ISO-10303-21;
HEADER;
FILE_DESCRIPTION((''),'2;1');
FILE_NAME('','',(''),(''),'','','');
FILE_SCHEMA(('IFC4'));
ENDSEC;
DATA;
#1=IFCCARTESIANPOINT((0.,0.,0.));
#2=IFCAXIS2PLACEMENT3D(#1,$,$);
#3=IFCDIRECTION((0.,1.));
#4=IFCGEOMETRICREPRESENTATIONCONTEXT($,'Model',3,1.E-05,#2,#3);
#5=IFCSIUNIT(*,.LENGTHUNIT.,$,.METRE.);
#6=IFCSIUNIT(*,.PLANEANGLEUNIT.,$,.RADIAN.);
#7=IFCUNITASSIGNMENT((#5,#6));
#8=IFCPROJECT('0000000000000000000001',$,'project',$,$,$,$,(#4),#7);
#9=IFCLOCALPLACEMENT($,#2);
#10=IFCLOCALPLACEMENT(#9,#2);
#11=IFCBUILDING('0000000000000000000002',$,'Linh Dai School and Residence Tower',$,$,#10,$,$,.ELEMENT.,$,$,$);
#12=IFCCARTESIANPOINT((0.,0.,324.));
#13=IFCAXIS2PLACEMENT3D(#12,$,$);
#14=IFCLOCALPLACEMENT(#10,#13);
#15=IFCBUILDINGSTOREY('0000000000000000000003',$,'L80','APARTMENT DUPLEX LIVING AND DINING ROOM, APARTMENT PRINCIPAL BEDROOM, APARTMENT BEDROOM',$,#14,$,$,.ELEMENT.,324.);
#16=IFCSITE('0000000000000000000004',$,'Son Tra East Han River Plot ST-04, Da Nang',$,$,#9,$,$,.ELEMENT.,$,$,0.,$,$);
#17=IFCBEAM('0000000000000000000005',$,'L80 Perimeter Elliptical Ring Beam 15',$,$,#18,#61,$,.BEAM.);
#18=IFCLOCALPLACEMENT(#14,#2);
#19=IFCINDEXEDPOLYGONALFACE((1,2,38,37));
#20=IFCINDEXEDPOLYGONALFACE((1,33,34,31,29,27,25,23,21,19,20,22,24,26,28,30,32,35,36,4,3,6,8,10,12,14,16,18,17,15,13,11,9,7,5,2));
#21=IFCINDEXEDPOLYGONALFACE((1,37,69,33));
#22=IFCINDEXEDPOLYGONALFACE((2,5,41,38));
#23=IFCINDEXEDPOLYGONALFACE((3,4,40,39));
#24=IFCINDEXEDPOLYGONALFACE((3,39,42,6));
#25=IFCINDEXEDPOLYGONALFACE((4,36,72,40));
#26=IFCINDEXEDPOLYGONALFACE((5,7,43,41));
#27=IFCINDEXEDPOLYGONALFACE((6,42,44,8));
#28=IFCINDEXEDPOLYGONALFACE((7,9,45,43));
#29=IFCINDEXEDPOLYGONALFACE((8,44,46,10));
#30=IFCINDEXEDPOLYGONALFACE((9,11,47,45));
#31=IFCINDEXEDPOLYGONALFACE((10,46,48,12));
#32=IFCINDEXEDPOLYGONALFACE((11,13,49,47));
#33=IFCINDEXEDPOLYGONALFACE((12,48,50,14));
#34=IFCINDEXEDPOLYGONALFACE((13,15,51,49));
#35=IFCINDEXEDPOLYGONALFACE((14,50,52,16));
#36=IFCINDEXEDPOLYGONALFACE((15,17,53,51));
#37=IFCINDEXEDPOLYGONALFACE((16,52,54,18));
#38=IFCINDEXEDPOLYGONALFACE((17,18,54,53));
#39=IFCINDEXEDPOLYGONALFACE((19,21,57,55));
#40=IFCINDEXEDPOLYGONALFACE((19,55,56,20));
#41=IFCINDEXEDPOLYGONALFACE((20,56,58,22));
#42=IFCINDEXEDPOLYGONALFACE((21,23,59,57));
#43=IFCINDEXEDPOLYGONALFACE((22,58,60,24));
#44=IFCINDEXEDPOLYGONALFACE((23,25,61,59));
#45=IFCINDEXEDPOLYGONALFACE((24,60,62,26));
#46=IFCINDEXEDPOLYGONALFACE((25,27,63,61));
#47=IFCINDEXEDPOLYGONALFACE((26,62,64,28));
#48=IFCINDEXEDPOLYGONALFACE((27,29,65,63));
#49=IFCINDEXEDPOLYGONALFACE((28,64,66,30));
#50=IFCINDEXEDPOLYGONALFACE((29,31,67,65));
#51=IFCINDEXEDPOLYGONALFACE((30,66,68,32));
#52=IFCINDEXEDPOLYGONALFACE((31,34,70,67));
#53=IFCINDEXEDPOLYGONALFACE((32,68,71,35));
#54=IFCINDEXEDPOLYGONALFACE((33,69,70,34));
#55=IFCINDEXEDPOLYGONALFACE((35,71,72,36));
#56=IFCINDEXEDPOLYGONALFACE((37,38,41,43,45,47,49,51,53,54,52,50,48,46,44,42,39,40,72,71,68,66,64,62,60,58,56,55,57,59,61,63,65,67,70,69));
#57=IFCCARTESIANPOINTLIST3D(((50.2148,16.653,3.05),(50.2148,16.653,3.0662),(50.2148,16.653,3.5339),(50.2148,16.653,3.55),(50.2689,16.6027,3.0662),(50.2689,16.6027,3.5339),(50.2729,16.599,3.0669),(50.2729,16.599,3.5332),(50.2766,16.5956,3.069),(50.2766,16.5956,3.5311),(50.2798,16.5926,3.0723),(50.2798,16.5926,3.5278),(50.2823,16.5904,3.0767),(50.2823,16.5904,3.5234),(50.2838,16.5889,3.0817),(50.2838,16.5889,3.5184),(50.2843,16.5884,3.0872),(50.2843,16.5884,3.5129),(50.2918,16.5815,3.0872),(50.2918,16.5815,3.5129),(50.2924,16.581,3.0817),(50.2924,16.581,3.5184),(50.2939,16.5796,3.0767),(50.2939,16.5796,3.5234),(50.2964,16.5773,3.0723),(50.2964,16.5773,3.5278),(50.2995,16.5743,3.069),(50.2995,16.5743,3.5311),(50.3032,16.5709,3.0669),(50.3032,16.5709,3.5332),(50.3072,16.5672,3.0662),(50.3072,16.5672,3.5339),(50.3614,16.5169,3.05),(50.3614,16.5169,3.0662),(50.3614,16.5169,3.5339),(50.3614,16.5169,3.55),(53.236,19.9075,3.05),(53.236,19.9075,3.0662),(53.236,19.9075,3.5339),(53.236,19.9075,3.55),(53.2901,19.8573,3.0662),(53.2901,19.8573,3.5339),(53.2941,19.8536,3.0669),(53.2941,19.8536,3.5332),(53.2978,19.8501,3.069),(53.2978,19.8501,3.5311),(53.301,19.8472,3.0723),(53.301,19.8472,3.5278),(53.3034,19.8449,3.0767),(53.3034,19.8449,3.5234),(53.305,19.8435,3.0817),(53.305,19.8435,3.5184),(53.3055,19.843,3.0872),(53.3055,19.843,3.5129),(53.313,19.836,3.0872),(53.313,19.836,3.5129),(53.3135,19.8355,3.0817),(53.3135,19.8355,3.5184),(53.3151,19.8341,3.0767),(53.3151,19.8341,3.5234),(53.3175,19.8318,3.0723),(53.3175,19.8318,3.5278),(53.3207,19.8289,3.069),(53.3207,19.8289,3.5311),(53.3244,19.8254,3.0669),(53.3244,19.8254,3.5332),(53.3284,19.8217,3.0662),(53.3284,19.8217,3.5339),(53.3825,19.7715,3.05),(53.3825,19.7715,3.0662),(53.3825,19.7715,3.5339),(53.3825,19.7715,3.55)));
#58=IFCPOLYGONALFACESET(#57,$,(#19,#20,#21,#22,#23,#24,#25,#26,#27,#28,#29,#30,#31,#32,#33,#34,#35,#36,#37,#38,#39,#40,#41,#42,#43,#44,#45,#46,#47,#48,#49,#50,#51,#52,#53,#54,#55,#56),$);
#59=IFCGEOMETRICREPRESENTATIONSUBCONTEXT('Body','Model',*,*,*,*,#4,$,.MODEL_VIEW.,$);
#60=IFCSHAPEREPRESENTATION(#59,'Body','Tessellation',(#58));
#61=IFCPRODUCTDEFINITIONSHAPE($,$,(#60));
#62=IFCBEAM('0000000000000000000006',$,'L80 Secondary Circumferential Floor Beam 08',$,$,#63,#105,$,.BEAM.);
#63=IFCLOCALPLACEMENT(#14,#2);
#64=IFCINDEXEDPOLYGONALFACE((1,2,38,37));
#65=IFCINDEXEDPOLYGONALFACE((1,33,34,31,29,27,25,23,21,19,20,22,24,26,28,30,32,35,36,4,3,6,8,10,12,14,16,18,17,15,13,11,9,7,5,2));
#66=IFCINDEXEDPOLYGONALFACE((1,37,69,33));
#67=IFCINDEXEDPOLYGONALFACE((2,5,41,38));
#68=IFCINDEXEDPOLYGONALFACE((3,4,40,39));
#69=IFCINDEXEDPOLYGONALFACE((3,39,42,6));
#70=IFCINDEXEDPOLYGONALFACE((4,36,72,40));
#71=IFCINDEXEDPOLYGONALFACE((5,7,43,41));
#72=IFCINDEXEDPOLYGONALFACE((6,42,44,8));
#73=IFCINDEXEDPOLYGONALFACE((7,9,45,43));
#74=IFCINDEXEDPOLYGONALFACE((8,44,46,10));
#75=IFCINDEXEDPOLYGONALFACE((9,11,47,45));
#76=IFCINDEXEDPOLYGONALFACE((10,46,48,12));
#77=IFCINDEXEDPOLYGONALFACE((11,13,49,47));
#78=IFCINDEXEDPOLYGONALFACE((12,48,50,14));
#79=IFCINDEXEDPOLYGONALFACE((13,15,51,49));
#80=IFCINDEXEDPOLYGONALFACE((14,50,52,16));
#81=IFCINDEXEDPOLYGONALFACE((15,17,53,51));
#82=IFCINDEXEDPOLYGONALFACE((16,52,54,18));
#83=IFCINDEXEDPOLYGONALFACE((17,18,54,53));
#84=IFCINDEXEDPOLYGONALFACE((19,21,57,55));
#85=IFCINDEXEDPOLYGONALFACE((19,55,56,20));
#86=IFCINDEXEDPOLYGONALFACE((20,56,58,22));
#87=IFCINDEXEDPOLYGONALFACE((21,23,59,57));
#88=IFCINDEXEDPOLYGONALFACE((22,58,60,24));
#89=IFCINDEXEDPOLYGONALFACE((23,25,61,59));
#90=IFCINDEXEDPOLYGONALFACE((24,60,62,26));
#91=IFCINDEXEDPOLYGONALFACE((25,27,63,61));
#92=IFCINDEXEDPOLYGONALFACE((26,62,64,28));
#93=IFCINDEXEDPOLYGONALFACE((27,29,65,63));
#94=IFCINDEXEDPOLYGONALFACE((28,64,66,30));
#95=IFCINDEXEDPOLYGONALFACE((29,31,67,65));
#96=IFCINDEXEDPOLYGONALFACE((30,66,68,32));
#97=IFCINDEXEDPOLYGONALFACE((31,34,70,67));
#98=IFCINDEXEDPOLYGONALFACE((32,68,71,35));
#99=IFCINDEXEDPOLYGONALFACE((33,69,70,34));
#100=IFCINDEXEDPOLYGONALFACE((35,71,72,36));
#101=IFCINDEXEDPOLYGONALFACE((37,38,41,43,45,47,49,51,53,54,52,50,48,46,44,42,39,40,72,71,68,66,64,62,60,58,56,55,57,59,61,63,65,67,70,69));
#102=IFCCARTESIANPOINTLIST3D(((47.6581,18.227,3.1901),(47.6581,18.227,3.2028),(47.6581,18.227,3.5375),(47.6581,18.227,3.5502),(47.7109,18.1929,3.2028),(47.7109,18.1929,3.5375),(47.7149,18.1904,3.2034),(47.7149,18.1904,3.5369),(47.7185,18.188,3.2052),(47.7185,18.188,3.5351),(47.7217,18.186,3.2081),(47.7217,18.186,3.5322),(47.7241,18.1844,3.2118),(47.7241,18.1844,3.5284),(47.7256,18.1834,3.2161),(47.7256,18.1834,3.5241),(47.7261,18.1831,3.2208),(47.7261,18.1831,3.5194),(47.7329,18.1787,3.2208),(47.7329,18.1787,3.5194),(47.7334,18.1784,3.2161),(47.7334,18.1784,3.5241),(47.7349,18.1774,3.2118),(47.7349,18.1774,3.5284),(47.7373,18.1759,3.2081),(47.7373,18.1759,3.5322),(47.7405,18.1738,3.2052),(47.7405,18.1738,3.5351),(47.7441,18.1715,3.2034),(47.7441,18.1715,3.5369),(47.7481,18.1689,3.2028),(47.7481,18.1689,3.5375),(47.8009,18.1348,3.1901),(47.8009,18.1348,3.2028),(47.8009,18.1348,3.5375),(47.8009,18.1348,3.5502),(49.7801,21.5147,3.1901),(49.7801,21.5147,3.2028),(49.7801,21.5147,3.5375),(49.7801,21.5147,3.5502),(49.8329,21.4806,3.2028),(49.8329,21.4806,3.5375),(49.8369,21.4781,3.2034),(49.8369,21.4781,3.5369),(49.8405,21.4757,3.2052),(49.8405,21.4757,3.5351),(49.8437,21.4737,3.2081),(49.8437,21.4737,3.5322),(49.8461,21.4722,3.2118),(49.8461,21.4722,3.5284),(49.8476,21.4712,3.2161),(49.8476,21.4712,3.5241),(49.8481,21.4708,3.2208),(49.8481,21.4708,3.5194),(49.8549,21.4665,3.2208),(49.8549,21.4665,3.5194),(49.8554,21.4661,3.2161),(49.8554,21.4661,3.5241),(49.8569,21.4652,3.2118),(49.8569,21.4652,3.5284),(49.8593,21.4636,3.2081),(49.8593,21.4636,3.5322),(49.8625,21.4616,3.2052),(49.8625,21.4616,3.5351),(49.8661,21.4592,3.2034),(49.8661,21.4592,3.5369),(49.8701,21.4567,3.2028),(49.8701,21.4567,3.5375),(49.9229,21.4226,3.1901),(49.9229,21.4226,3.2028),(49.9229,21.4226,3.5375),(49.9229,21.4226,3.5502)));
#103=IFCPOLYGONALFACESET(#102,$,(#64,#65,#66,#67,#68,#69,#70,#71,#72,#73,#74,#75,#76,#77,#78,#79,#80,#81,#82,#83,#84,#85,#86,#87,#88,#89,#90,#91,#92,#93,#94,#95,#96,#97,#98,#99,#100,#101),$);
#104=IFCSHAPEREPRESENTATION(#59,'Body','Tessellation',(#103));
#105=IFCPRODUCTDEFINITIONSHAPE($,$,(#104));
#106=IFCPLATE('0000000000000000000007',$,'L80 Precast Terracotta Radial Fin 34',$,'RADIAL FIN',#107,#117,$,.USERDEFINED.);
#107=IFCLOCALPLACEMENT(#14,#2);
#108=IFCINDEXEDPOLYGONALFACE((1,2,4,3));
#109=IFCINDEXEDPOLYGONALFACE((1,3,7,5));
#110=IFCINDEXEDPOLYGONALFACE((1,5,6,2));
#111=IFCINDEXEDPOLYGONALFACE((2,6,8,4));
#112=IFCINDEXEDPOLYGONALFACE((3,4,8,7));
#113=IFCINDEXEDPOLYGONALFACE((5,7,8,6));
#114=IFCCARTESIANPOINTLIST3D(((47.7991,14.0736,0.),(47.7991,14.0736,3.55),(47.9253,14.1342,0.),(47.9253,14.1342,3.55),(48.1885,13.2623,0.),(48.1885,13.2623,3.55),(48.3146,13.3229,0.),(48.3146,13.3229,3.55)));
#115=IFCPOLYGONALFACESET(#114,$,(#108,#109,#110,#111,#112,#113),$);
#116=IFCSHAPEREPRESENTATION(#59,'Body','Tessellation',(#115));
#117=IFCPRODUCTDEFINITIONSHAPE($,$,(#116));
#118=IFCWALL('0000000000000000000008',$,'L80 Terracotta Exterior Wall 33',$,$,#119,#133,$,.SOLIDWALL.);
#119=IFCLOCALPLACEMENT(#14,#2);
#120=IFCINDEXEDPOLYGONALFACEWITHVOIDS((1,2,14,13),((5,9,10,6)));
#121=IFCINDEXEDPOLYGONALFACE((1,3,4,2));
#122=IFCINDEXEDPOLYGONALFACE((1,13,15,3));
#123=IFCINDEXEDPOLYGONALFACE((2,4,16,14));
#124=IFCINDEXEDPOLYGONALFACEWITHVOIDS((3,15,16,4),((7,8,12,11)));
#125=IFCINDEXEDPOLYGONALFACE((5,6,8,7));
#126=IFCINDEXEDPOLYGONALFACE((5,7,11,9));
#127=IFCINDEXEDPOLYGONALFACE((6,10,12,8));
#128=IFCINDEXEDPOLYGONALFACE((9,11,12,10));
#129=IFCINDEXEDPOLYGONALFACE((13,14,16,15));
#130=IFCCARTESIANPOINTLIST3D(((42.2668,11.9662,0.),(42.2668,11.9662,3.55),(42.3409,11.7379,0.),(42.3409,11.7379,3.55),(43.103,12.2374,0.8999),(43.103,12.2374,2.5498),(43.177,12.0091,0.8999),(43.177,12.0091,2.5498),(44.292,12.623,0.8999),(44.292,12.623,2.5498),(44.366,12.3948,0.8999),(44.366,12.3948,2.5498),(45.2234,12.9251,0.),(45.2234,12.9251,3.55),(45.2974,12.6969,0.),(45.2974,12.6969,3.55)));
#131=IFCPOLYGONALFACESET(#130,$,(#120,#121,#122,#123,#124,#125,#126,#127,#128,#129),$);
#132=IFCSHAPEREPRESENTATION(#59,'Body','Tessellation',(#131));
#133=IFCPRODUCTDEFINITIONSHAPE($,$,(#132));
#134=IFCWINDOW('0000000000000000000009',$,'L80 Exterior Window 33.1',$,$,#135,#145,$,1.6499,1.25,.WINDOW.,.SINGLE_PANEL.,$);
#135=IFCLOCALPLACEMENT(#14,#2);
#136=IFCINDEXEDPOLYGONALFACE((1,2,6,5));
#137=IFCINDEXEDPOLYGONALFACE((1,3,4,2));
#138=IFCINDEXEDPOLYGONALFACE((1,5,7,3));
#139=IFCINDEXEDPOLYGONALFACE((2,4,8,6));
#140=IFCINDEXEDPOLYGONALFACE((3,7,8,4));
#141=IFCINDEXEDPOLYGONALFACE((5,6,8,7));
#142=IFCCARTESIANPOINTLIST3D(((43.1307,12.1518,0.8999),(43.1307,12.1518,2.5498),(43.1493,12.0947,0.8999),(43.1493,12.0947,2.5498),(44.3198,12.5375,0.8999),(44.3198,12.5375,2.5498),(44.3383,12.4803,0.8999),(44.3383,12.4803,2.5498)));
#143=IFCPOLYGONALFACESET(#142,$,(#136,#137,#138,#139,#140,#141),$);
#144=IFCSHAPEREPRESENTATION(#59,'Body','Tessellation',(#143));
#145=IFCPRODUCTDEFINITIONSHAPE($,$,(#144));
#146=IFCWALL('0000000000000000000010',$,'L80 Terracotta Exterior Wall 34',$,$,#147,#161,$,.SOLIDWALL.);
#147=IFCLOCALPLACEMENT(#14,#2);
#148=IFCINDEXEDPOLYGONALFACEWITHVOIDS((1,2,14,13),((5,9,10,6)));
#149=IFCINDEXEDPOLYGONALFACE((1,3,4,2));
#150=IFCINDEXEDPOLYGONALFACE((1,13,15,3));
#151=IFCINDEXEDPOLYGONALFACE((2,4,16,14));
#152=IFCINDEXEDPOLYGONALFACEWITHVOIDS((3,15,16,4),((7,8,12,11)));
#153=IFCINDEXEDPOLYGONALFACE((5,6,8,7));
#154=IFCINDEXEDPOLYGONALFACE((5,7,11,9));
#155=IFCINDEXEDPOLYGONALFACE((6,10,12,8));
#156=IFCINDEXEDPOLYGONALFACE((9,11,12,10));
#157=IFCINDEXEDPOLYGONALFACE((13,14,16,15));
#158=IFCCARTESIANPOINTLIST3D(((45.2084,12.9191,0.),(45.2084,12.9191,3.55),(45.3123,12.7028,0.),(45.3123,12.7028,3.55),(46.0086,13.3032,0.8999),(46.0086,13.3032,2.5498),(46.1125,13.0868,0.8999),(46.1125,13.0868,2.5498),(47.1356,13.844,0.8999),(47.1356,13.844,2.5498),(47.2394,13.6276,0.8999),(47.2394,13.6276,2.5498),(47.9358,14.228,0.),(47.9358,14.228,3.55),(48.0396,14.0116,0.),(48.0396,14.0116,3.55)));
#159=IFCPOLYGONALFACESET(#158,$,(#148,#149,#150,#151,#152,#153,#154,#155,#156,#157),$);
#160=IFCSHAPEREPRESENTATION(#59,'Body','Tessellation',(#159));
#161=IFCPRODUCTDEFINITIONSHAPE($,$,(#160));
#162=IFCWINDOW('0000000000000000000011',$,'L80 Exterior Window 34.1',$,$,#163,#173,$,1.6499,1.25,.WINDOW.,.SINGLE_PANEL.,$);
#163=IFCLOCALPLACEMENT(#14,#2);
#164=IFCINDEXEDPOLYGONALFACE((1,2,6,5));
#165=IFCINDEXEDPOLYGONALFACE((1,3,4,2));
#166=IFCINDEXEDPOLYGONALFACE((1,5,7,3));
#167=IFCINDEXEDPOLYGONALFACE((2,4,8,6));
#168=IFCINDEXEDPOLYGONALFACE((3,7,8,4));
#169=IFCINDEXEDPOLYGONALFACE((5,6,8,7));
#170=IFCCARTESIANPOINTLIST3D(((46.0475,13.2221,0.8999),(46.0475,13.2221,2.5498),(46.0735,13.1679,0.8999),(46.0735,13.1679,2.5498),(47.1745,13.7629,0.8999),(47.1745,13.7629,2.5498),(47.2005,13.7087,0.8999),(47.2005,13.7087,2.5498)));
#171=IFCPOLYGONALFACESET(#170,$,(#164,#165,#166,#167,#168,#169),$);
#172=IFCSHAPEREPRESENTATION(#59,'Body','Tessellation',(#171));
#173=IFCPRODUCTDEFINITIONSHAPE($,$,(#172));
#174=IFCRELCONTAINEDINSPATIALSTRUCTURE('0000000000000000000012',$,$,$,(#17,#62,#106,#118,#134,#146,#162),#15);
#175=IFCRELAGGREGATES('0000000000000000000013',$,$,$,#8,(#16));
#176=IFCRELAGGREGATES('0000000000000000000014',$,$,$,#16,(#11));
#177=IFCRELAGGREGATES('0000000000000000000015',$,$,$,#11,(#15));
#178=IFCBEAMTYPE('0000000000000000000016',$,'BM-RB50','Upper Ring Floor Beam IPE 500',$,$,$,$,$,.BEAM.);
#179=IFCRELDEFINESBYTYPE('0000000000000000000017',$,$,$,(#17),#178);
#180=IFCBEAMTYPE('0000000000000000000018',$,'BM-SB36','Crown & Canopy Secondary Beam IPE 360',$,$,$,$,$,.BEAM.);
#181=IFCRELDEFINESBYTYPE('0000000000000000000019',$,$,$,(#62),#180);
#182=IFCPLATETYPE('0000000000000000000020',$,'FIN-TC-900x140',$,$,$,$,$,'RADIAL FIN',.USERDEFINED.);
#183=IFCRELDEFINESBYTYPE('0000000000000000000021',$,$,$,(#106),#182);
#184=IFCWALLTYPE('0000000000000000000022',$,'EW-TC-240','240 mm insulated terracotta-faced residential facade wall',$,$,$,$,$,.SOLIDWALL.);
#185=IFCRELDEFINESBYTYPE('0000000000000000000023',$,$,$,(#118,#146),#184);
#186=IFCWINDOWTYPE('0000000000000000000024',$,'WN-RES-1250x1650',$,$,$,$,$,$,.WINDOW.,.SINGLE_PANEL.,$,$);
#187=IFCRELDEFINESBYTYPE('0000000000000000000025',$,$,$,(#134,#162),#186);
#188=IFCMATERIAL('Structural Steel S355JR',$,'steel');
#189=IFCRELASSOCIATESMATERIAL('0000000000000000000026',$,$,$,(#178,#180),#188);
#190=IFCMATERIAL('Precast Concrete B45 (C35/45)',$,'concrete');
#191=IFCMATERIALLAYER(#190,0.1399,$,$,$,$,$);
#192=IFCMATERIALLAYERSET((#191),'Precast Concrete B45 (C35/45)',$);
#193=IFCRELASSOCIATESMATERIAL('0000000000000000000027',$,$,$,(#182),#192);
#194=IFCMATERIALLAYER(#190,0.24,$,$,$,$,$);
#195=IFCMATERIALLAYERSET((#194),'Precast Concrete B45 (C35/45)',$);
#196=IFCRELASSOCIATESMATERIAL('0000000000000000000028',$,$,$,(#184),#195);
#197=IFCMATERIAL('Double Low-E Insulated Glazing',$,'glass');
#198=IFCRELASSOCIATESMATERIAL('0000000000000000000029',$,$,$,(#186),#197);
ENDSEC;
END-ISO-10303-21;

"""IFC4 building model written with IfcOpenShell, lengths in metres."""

from ifc_helpers import new_model, si_unit, direction, frame, frame_2d, origin, origin_2d, place, context, subcontext, project, spatial, rectangle, i_section, extrude, source, transform, mapped, material, layer, layer_set, material_profile, profile_set, type_object, element, fill, save


model = new_model("IFC4")

# Units and contexts
model_context = context("Model", 3, precision=1e-05, world=origin(), true_north=direction((0.0, 1.0)))
body_context = subcontext(model_context, "Body", "Model", "MODEL_VIEW")
ifc_project = project(units=[si_unit("LENGTHUNIT", "METRE"), si_unit("PLANEANGLEUNIT", "RADIAN")], contexts=[model_context])

# Site, building, storey
site_placement = place(None, origin())
site = spatial("IfcSite", under=ifc_project, at=site_placement, Name="Son Tra East Han River Plot ST-04, Da Nang", CompositionType="ELEMENT", RefElevation=0.0)
building_placement = place(site_placement, origin())
building = spatial("IfcBuilding", under=site, at=building_placement, Name="Linh Dai School and Residence Tower", CompositionType="ELEMENT")
storey_placement = place(building_placement, frame((0.0, 0.0, 324.0)))
storey = spatial("IfcBuildingStorey", under=building, at=storey_placement, Name="L80", Description="APARTMENT DUPLEX LIVING AND DINING ROOM, APARTMENT PRINCIPAL BEDROOM, APARTMENT BEDROOM", CompositionType="ELEMENT", Elevation=324.0)

# Shared definitions
ifc_material_1 = material(Name="Structural Steel S355JR", Category="steel")

# Beams
ifc_material_profile_1 = material_profile(ifc_material_1, i_section(OverallWidth=0.2, OverallDepth=0.5, WebThickness=0.0103, FlangeThickness=0.0161, FilletRadius=0.021, at=origin_2d()), Name="IPE 500")
ifc_profile_set_1 = profile_set([ifc_material_profile_1], Name="Structural Steel S355JR")
beam_type_1 = type_object("IfcBeamType", Name="BM-RB50", Description="Upper Ring Floor Beam IPE 500", PredefinedType="BEAM", material=ifc_profile_set_1)
beam_1_placement = place(storey_placement, frame((50.2881, 16.585, 3.3), z_axis=(0.680339, 0.732897, 0.0), x_axis=(-0.732897, 0.680339, 0.0)))
element("IfcBeam", 1, at=beam_1_placement, inside=storey, type_object=beam_type_1, Name="L80 Perimeter Elliptical Ring Beam 15", PredefinedType="BEAM", context=body_context, shape_type="SweptSolid", body=[
    extrude(i_section(OverallWidth=0.2, OverallDepth=0.5, WebThickness=0.0103, FlangeThickness=0.0161, FilletRadius=0.021, at=origin_2d()), origin(), (0.0, 0.0, 1.0), 4.4407),
])
ifc_material_profile_2 = material_profile(ifc_material_1, i_section(OverallWidth=0.1699, OverallDepth=0.3601, WebThickness=0.0081, FlangeThickness=0.0127, FilletRadius=0.0181, at=origin_2d()), Name="IPE 360")
ifc_profile_set_2 = profile_set([ifc_material_profile_2], Name="Structural Steel S355JR")
beam_type_2 = type_object("IfcBeamType", Name="BM-SB36", Description="Crown & Canopy Secondary Beam IPE 360", PredefinedType="BEAM", material=ifc_profile_set_2)
beam_2_placement = place(storey_placement, frame((47.7295, 18.1809, 3.3701), z_axis=(0.542286, 0.840194, 0.0), x_axis=(-0.840194, 0.542286, 0.0)))
element("IfcBeam", 2, at=beam_2_placement, inside=storey, type_object=beam_type_2, Name="L80 Secondary Circumferential Floor Beam 08", PredefinedType="BEAM", context=body_context, shape_type="SweptSolid", body=[
    extrude(i_section(OverallWidth=0.1699, OverallDepth=0.3601, WebThickness=0.0081, FlangeThickness=0.0127, FilletRadius=0.0181, at=origin_2d()), origin(), (0.0, 0.0, 1.0), 3.9131),
])

# Plate
ifc_material_2 = material(Name="Precast Concrete B45 (C35/45)", Category="concrete")
ifc_layer_1 = layer(ifc_material_2, 0.1399)
ifc_layer_set_1 = layer_set([ifc_layer_1], Name="Precast Concrete B45 (C35/45)")
plate_type = type_object("IfcPlateType", Name="FIN-TC-900x140", ElementType="RADIAL FIN", PredefinedType="USERDEFINED", material=ifc_layer_set_1)
shared_shape_1 = source(origin(), body_context, "Body", "SweptSolid", [
    extrude(rectangle(XDim=0.8999, YDim=0.1399, at=origin_2d()), origin(), (0.0, 0.0, 1.0), 3.55),
])
plate_placement = place(storey_placement, frame((48.0569, 13.6982, 0.0), z_axis=(0.0, 0.0, 1.0), x_axis=(0.432674, -0.901551, 0.0)))
element("IfcPlate", 3, at=plate_placement, inside=storey, type_object=plate_type, Name="L80 Precast Terracotta Radial Fin 34", ObjectType="RADIAL FIN", PredefinedType="USERDEFINED", context=body_context, shape_type="MappedRepresentation", body=[
    mapped(shared_shape_1, transform((0.0, 0.0, 0.0), x_axis=(1.0, 0.0, 0.0), y_axis=(0.0, 1.0, 0.0), z_axis=(0.0, 0.0, 1.0), scale=1.0)),
])

# Walls, openings, windows
ifc_layer_2 = layer(ifc_material_2, 0.24)
ifc_layer_set_2 = layer_set([ifc_layer_2], Name="Precast Concrete B45 (C35/45)")
wall_type_1 = type_object("IfcWallType", Name="EW-TC-240", Description="240 mm insulated terracotta-faced residential facade wall", PredefinedType="SOLIDWALL", material=ifc_layer_set_2)
wall_1_placement = place(storey_placement, frame((45.2605, 12.811, 0.0), z_axis=(0.0, 0.0, 1.0), x_axis=(-0.951213, -0.308535, 0.0)))
wall_1 = element("IfcWall", 4, at=wall_1_placement, inside=storey, type_object=wall_type_1, Name="L80 Terracotta Exterior Wall 33", PredefinedType="SOLIDWALL", context=body_context, shape_type="SweptSolid", body=[
    extrude(rectangle(XDim=3.1082, YDim=0.24, at=frame_2d((1.5542, 0.0))), origin(), (0.0, 0.0, 1.0), 3.55),
])
opening_1_placement = place(wall_1_placement, frame((0.9792, 0.0, 0.8999)))
opening_1 = element("IfcOpeningElement", 5, at=opening_1_placement, cuts=wall_1, PredefinedType="OPENING", context=body_context, shape_type="SweptSolid", body=[
    extrude(rectangle(XDim=1.25, YDim=1.6499, at=origin_2d()), frame((0.625, 0.1299, 0.825), z_axis=(0.0, -1.0, 0.0), x_axis=(1.0, 0.0, 0.0)), (0.0, 0.0, 1.0), 0.26),
])
ifc_material_3 = material(Name="Double Low-E Insulated Glazing", Category="glass")
window_type = type_object("IfcWindowType", Name="WN-RES-1250x1650", PartitioningType="SINGLE_PANEL", PredefinedType="WINDOW", material=ifc_material_3)
shared_shape_2 = source(origin(), body_context, "Body", "SweptSolid", [
    extrude(rectangle(XDim=1.25, YDim=1.6499, at=origin_2d()), frame((0.625, 0.03, 0.825), z_axis=(0.0, -1.0, 0.0), x_axis=(1.0, 0.0, 0.0)), (0.0, 0.0, 1.0), 0.0601),
])
window_1_placement = place(opening_1_placement, origin())
window_1 = element("IfcWindow", 6, at=window_1_placement, inside=storey, type_object=window_type, Name="L80 Exterior Window 33.1", OverallHeight=1.6499, OverallWidth=1.25, PartitioningType="SINGLE_PANEL", PredefinedType="WINDOW", context=body_context, shape_type="MappedRepresentation", body=[
    mapped(shared_shape_2, transform((0.0, 0.0, 0.0), x_axis=(1.0, 0.0, 0.0), y_axis=(0.0, 1.0, 0.0), z_axis=(0.0, 0.0, 1.0), scale=1.0)),
])
fill(opening_1, window_1)
wall_2_placement = place(storey_placement, frame((47.9878, 14.1199, 0.0), z_axis=(0.0, 0.0, 1.0), x_axis=(-0.901557, -0.43266, 0.0)))
wall_2 = element("IfcWall", 7, at=wall_2_placement, inside=storey, type_object=wall_type_1, Name="L80 Terracotta Exterior Wall 34", PredefinedType="SOLIDWALL", context=body_context, shape_type="SweptSolid", body=[
    extrude(rectangle(XDim=3.0251, YDim=0.24, at=frame_2d((1.5127, 0.0))), origin(), (0.0, 0.0, 1.0), 3.55),
])
opening_2_placement = place(wall_2_placement, frame((0.8877, 0.0, 0.8999)))
opening_2 = element("IfcOpeningElement", 8, at=opening_2_placement, cuts=wall_2, PredefinedType="OPENING", context=body_context, shape_type="SweptSolid", body=[
    extrude(rectangle(XDim=1.25, YDim=1.6499, at=origin_2d()), frame((0.625, 0.1299, 0.825), z_axis=(0.0, -1.0, 0.0), x_axis=(1.0, 0.0, 0.0)), (0.0, 0.0, 1.0), 0.26),
])
window_2_placement = place(opening_2_placement, origin())
window_2 = element("IfcWindow", 9, at=window_2_placement, inside=storey, type_object=window_type, Name="L80 Exterior Window 34.1", OverallHeight=1.6499, OverallWidth=1.25, PartitioningType="SINGLE_PANEL", PredefinedType="WINDOW", context=body_context, shape_type="MappedRepresentation", body=[
    mapped(shared_shape_2, transform((0.0, 0.0, 0.0), x_axis=(1.0, 0.0, 0.0), y_axis=(0.0, 1.0, 0.0), z_axis=(0.0, 0.0, 1.0), scale=1.0)),
])
fill(opening_2, window_2)

save(model, "model.ifc")
